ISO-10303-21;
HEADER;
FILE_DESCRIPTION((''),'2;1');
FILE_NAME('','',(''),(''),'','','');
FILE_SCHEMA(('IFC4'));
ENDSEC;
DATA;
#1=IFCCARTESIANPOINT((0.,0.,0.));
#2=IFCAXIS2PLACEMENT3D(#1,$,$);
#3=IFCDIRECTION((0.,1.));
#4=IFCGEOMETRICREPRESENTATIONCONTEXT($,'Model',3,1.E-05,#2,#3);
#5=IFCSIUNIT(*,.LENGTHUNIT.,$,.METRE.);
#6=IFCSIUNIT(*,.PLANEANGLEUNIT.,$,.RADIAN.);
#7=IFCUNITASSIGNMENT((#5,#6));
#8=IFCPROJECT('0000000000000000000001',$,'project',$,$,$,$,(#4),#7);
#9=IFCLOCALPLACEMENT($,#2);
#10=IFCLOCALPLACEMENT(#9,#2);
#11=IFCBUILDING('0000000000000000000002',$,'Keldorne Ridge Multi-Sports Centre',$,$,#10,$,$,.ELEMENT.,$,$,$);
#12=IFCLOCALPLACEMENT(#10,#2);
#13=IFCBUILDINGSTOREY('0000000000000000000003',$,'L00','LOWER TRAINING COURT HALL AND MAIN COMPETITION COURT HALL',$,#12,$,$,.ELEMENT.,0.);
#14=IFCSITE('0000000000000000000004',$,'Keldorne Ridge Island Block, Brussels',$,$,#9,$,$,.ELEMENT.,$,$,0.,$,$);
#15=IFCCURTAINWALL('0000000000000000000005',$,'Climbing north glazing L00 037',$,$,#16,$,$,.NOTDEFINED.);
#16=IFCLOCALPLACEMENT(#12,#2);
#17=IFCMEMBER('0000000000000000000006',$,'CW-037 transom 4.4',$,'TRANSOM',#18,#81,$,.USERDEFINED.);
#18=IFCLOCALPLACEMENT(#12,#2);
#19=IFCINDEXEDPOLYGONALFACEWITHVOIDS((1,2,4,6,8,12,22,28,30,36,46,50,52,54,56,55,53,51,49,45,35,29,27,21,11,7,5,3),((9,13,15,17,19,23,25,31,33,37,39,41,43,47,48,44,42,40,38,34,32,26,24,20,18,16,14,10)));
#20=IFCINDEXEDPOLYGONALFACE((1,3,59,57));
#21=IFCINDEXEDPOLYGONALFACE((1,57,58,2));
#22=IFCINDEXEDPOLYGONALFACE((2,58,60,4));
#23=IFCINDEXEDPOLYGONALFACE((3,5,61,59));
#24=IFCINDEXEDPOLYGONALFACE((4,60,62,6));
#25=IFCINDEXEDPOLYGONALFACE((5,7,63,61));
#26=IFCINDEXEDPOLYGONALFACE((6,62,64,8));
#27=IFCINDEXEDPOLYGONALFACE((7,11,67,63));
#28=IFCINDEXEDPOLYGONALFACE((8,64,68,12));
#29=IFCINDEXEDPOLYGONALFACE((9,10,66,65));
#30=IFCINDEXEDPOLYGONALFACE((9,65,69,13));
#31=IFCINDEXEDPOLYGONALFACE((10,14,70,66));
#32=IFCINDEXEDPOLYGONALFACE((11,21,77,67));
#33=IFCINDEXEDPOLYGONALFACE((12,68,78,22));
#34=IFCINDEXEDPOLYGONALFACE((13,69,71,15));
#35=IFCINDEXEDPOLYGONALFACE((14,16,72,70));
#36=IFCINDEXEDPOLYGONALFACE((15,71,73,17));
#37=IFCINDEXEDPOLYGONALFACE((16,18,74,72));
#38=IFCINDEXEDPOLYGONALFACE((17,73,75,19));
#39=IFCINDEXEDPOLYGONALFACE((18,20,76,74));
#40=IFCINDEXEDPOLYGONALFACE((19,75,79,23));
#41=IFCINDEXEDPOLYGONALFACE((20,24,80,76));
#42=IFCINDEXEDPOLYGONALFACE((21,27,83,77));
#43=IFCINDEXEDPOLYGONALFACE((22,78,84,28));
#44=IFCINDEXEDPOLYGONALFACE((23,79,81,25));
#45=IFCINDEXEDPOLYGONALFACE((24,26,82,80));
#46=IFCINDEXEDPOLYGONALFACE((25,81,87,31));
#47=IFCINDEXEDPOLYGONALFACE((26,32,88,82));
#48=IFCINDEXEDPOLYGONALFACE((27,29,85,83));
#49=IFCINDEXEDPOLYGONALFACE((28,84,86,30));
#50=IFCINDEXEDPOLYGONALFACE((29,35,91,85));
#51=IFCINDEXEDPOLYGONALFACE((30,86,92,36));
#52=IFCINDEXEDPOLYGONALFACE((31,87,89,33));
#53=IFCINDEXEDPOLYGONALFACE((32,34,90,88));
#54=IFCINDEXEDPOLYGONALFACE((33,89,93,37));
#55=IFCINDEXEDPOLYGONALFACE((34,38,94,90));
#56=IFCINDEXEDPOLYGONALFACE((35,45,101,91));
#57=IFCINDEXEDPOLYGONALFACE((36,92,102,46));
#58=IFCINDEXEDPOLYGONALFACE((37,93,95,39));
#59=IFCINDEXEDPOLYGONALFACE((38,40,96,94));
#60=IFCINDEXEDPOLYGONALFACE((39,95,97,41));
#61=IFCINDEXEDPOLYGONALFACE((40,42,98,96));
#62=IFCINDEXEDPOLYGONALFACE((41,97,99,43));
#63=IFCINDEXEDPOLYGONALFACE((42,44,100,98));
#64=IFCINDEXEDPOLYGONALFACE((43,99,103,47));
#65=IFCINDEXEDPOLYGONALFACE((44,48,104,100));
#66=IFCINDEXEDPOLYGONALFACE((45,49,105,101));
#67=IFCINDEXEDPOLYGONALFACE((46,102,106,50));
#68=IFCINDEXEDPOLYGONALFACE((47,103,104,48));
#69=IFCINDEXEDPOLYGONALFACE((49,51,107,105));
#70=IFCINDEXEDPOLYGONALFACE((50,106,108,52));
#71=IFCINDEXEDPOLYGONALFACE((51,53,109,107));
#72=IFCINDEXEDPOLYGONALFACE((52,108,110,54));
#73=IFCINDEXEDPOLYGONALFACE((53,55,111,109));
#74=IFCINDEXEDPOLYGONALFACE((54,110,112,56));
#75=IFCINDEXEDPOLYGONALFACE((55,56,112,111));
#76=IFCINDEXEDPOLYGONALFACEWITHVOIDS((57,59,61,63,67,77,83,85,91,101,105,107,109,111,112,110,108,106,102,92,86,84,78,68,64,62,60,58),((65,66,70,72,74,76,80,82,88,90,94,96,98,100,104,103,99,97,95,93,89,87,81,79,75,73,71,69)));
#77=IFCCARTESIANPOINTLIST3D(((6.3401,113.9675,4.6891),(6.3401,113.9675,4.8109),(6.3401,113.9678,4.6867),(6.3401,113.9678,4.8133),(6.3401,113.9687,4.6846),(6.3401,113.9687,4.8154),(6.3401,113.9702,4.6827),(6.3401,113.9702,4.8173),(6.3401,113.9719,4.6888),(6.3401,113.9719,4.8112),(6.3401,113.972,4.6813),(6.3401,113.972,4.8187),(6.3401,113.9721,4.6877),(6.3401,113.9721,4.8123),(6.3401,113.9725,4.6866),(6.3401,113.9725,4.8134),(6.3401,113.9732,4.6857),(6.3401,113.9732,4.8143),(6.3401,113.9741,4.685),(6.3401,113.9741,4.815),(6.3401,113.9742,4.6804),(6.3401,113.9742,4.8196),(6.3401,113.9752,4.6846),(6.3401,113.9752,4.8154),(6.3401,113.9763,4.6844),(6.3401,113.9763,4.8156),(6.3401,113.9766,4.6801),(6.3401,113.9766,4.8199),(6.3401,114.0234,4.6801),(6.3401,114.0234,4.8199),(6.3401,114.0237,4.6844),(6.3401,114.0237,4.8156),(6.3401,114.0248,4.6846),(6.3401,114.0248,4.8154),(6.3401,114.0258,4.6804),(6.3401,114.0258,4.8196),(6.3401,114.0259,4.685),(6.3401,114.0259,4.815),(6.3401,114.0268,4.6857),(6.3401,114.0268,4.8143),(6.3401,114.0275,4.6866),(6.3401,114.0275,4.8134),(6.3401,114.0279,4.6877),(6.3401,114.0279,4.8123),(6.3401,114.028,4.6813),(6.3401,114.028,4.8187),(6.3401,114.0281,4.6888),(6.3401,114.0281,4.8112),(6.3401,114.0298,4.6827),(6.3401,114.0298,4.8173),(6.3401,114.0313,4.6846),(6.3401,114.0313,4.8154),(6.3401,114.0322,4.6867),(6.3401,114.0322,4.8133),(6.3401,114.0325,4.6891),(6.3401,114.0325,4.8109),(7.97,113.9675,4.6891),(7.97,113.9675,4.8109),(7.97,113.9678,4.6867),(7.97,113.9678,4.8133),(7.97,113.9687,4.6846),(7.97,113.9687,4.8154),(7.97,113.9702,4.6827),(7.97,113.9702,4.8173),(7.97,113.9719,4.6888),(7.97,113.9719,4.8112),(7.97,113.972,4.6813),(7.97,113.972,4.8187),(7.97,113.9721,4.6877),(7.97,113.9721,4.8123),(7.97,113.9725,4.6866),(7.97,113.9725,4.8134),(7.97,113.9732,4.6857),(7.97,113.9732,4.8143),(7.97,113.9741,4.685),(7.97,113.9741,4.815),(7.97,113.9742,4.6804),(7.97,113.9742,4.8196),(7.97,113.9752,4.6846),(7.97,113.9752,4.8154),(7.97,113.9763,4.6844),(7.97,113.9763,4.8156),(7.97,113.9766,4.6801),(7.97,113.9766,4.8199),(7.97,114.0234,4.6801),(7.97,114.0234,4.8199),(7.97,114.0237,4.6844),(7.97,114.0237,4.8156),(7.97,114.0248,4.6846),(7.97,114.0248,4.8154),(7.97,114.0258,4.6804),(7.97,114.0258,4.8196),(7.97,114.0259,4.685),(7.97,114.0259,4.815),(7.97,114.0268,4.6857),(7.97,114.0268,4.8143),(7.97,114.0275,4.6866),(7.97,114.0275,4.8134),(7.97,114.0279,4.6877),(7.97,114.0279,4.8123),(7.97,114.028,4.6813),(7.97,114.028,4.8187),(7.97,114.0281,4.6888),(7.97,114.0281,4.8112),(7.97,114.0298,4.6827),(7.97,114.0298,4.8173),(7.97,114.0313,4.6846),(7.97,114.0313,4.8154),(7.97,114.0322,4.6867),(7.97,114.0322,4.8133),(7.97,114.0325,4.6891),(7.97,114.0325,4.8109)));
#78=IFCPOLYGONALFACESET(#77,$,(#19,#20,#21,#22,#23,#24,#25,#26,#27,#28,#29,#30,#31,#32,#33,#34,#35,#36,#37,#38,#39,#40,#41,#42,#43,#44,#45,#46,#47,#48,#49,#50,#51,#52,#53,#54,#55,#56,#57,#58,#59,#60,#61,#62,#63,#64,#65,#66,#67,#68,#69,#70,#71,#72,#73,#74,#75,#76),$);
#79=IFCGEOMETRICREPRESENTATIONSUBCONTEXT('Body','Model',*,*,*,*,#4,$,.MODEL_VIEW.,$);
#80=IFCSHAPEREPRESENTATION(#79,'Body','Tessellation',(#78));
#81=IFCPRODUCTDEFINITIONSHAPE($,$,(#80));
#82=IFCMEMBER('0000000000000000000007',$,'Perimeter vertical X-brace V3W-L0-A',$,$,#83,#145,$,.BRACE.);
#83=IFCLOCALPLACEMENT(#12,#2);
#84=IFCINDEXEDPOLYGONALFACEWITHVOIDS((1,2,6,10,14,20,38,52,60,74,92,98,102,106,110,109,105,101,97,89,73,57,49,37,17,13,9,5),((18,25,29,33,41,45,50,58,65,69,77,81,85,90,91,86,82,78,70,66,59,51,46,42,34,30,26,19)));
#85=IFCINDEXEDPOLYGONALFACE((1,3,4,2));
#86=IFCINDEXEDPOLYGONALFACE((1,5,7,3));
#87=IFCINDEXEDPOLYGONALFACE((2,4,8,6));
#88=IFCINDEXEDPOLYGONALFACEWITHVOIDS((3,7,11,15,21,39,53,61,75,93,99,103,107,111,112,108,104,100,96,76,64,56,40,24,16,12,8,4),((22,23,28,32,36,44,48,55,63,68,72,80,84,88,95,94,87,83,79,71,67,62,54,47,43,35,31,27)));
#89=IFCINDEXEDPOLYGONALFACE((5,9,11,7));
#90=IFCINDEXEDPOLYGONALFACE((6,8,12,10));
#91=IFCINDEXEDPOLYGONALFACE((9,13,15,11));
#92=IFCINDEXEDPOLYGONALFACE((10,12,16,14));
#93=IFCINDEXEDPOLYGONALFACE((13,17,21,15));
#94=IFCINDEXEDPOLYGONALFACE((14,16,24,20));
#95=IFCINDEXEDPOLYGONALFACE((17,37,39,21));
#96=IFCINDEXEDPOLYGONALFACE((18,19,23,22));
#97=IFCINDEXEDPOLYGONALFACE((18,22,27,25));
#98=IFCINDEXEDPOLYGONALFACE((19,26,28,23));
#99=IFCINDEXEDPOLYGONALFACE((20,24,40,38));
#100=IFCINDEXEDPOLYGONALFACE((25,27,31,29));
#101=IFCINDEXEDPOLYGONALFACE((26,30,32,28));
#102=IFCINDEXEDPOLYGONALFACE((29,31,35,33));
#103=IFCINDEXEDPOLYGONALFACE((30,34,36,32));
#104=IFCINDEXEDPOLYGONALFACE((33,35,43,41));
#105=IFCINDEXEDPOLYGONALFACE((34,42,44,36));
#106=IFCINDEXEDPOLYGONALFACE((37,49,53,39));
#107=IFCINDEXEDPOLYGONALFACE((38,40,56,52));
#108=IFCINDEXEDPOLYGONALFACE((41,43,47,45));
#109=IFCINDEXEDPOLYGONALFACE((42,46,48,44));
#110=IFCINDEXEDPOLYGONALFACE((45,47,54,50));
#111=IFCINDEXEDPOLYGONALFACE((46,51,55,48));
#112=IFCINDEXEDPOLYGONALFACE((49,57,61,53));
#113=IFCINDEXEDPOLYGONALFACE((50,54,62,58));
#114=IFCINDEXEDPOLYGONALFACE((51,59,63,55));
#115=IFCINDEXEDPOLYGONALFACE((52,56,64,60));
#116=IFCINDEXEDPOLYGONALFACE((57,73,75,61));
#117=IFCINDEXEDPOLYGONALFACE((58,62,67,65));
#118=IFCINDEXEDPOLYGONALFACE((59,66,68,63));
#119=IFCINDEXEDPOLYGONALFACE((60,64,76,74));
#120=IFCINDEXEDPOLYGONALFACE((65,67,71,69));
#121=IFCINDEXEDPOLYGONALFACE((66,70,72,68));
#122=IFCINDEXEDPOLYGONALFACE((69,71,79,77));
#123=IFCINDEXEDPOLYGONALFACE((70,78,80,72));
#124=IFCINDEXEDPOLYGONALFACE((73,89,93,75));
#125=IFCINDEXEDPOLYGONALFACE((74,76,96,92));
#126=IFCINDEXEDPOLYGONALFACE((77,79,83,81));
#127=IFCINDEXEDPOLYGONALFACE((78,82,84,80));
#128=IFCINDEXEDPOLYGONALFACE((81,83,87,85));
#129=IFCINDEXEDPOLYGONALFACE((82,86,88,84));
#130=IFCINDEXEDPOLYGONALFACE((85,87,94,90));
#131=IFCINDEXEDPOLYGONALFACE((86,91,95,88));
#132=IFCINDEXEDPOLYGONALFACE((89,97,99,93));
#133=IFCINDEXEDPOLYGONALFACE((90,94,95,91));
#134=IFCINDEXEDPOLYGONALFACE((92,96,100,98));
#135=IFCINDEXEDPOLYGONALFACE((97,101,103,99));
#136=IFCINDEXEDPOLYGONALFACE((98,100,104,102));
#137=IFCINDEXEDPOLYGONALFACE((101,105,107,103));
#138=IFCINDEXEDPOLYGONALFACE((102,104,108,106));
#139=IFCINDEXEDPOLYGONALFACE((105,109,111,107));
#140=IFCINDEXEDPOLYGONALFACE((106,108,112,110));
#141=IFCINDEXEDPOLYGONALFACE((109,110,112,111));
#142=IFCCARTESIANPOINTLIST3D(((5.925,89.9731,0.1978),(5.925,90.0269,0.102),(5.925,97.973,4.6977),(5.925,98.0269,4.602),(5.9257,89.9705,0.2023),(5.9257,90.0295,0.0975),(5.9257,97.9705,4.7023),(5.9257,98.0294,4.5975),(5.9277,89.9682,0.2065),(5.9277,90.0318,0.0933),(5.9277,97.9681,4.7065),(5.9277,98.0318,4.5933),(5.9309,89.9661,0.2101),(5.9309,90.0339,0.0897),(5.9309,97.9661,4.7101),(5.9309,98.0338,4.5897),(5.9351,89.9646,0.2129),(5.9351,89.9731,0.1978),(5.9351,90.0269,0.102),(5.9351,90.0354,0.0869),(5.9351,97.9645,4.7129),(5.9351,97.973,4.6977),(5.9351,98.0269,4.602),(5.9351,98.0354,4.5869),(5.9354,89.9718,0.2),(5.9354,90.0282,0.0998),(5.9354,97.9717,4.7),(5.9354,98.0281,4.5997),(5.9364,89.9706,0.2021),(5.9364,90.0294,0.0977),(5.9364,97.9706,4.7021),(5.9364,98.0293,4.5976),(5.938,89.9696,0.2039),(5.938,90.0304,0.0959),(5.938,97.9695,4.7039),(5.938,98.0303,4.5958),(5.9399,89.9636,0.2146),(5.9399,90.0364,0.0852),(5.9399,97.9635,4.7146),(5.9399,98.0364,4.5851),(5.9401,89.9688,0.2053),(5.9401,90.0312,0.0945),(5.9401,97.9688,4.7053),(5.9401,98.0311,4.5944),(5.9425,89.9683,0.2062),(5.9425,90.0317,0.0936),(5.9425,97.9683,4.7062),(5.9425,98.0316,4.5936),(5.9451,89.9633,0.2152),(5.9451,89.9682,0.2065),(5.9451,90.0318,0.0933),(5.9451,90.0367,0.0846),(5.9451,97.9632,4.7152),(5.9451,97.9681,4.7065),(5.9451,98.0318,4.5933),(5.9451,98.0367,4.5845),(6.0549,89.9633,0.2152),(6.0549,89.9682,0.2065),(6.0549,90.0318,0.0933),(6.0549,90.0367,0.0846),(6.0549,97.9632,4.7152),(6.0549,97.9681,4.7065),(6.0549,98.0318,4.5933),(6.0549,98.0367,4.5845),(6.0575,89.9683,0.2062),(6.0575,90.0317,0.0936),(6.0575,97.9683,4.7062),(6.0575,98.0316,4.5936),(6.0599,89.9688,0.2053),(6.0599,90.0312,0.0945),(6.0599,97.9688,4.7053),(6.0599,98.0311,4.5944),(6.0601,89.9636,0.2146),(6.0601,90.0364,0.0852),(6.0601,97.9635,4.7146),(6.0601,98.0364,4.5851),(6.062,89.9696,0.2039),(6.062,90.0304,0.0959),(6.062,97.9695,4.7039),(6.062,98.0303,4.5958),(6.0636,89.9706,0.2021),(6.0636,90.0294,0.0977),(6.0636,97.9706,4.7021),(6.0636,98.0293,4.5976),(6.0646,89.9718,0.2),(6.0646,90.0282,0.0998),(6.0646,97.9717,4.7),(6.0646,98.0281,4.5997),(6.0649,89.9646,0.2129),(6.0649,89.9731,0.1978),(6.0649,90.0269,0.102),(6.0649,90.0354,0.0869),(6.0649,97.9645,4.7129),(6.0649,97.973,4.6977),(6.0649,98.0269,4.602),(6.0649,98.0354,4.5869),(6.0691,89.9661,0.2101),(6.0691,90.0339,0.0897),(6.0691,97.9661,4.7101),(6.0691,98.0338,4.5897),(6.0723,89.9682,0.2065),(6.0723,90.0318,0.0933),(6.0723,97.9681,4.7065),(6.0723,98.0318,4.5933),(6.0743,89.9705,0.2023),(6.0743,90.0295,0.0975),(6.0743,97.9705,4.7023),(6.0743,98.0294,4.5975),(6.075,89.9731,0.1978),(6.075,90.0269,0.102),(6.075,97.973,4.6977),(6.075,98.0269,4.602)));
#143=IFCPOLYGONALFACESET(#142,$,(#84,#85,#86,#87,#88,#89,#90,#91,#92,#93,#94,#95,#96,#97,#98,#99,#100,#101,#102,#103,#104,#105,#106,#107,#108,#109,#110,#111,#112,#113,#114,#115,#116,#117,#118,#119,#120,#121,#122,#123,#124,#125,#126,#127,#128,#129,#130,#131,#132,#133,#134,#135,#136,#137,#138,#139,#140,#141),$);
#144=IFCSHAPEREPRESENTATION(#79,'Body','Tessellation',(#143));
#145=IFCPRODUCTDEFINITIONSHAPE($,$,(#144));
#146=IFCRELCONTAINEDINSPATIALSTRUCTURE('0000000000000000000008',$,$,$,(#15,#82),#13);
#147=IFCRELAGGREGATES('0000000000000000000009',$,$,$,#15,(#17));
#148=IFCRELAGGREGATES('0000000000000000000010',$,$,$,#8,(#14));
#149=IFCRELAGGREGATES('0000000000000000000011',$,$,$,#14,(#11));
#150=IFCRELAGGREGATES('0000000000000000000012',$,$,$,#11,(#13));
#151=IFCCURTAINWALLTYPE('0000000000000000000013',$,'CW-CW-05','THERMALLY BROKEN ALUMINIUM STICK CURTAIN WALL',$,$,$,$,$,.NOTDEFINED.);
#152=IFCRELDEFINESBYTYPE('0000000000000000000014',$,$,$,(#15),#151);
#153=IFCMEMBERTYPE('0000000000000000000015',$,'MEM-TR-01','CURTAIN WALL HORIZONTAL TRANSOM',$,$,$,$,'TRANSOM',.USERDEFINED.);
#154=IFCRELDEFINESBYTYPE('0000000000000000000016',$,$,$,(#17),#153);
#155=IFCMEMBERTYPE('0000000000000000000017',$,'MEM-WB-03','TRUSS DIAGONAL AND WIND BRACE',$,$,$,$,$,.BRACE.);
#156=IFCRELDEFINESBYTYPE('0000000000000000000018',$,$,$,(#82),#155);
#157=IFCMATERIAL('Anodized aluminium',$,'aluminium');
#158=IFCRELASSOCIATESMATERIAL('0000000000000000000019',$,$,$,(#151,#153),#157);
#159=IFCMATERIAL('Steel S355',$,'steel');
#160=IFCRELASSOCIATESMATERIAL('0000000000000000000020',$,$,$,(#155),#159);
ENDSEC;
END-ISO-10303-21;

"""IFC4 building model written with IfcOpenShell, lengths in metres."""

from ifc_helpers import new_model, si_unit, direction, frame, origin, origin_2d, place, context, subcontext, project, spatial, hollow_rectangle, extrude, material, material_profile, profile_set, type_object, element, aggregate, save


model = new_model("IFC4")

# Units and contexts
model_context = context("Model", 3, precision=1e-05, world=origin(), true_north=direction((0.0, 1.0)))
body_context = subcontext(model_context, "Body", "Model", "MODEL_VIEW")
ifc_project = project(units=[si_unit("LENGTHUNIT", "METRE"), si_unit("PLANEANGLEUNIT", "RADIAN")], contexts=[model_context])

# Site, building, storey
site_placement = place(None, origin())
site = spatial("IfcSite", under=ifc_project, at=site_placement, Name="Keldorne Ridge Island Block, Brussels", CompositionType="ELEMENT", RefElevation=0.0)
building_placement = place(site_placement, origin())
building = spatial("IfcBuilding", under=site, at=building_placement, Name="Keldorne Ridge Multi-Sports Centre", CompositionType="ELEMENT")
storey_placement = place(building_placement, origin())
storey = spatial("IfcBuildingStorey", under=building, at=storey_placement, Name="L00", Description="LOWER TRAINING COURT HALL AND MAIN COMPETITION COURT HALL", CompositionType="ELEMENT", Elevation=0.0)

# Shared definitions
ifc_material_1 = material(Name="Steel S355", Category="steel")

# Curtain wall, member
ifc_material_2 = material(Name="Anodized aluminium", Category="aluminium")
curtain_wall_type = type_object("IfcCurtainWallType", Name="CW-CW-05", Description="THERMALLY BROKEN ALUMINIUM STICK CURTAIN WALL", PredefinedType="NOTDEFINED", material=ifc_material_2)
curtain_wall_placement = place(storey_placement, origin())
curtain_wall = element("IfcCurtainWall", 1, at=curtain_wall_placement, inside=storey, type_object=curtain_wall_type, Name="Climbing north glazing L00 037", PredefinedType="NOTDEFINED")
ifc_material_profile_1 = material_profile(ifc_material_2, hollow_rectangle(XDim=0.0649, YDim=0.1399, WallThickness=0.0044, InnerFilletRadius=0.0044, OuterFilletRadius=0.009, at=origin_2d()), Name="ALU TRANSOM 140x65x4.5")
ifc_profile_set_1 = profile_set([ifc_material_profile_1], Name="Anodized aluminium")
member_type_1 = type_object("IfcMemberType", Name="MEM-TR-01", Description="CURTAIN WALL HORIZONTAL TRANSOM", ElementType="TRANSOM", PredefinedType="USERDEFINED", material=ifc_profile_set_1)
member_1_placement = place(storey_placement, frame((7.97, 114.0, 4.75), z_axis=(-1.0, 0.0, 0.0), x_axis=(0.0, -1.0, 0.0)))
member_1 = element("IfcMember", 2, at=member_1_placement, type_object=member_type_1, Name="CW-037 transom 4.4", ObjectType="TRANSOM", PredefinedType="USERDEFINED", context=body_context, shape_type="SweptSolid", body=[
    extrude(hollow_rectangle(XDim=0.0649, YDim=0.1399, WallThickness=0.0044, InnerFilletRadius=0.0044, OuterFilletRadius=0.009, at=origin_2d()), origin(), (0.0, 0.0, 1.0), 1.6299),
])

# Member
ifc_material_profile_2 = material_profile(ifc_material_1, hollow_rectangle(XDim=0.1499, YDim=0.1499, WallThickness=0.01, InnerFilletRadius=0.01, OuterFilletRadius=0.02, at=origin_2d()), Name="SHS 150x150x10")
ifc_profile_set_2 = profile_set([ifc_material_profile_2], Name="Steel S355")
member_type_2 = type_object("IfcMemberType", Name="MEM-WB-03", Description="TRUSS DIAGONAL AND WIND BRACE", PredefinedType="BRACE", material=ifc_profile_set_2)
for number, where, z_axis, x_axis, name in (
    (3, (6.0, 90.0, 0.1499), (0.0, 0.871576, 0.490261), (-1.0, 0.0, 0.0), "Perimeter vertical X-brace V3W-L0-A"),
):
    element("IfcMember", number, at=place(storey_placement, frame(where, z_axis=z_axis, x_axis=x_axis)), inside=storey, type_object=member_type_2, Name=name, PredefinedType="BRACE", context=body_context, shape_type="SweptSolid", body=[
        extrude(hollow_rectangle(XDim=0.1499, YDim=0.1499, WallThickness=0.01, InnerFilletRadius=0.01, OuterFilletRadius=0.02, at=origin_2d()), origin(), (0.0, 0.0, 1.0), 9.1787),
    ])

aggregate(curtain_wall, [member_1])

save(model, "model.ifc")
